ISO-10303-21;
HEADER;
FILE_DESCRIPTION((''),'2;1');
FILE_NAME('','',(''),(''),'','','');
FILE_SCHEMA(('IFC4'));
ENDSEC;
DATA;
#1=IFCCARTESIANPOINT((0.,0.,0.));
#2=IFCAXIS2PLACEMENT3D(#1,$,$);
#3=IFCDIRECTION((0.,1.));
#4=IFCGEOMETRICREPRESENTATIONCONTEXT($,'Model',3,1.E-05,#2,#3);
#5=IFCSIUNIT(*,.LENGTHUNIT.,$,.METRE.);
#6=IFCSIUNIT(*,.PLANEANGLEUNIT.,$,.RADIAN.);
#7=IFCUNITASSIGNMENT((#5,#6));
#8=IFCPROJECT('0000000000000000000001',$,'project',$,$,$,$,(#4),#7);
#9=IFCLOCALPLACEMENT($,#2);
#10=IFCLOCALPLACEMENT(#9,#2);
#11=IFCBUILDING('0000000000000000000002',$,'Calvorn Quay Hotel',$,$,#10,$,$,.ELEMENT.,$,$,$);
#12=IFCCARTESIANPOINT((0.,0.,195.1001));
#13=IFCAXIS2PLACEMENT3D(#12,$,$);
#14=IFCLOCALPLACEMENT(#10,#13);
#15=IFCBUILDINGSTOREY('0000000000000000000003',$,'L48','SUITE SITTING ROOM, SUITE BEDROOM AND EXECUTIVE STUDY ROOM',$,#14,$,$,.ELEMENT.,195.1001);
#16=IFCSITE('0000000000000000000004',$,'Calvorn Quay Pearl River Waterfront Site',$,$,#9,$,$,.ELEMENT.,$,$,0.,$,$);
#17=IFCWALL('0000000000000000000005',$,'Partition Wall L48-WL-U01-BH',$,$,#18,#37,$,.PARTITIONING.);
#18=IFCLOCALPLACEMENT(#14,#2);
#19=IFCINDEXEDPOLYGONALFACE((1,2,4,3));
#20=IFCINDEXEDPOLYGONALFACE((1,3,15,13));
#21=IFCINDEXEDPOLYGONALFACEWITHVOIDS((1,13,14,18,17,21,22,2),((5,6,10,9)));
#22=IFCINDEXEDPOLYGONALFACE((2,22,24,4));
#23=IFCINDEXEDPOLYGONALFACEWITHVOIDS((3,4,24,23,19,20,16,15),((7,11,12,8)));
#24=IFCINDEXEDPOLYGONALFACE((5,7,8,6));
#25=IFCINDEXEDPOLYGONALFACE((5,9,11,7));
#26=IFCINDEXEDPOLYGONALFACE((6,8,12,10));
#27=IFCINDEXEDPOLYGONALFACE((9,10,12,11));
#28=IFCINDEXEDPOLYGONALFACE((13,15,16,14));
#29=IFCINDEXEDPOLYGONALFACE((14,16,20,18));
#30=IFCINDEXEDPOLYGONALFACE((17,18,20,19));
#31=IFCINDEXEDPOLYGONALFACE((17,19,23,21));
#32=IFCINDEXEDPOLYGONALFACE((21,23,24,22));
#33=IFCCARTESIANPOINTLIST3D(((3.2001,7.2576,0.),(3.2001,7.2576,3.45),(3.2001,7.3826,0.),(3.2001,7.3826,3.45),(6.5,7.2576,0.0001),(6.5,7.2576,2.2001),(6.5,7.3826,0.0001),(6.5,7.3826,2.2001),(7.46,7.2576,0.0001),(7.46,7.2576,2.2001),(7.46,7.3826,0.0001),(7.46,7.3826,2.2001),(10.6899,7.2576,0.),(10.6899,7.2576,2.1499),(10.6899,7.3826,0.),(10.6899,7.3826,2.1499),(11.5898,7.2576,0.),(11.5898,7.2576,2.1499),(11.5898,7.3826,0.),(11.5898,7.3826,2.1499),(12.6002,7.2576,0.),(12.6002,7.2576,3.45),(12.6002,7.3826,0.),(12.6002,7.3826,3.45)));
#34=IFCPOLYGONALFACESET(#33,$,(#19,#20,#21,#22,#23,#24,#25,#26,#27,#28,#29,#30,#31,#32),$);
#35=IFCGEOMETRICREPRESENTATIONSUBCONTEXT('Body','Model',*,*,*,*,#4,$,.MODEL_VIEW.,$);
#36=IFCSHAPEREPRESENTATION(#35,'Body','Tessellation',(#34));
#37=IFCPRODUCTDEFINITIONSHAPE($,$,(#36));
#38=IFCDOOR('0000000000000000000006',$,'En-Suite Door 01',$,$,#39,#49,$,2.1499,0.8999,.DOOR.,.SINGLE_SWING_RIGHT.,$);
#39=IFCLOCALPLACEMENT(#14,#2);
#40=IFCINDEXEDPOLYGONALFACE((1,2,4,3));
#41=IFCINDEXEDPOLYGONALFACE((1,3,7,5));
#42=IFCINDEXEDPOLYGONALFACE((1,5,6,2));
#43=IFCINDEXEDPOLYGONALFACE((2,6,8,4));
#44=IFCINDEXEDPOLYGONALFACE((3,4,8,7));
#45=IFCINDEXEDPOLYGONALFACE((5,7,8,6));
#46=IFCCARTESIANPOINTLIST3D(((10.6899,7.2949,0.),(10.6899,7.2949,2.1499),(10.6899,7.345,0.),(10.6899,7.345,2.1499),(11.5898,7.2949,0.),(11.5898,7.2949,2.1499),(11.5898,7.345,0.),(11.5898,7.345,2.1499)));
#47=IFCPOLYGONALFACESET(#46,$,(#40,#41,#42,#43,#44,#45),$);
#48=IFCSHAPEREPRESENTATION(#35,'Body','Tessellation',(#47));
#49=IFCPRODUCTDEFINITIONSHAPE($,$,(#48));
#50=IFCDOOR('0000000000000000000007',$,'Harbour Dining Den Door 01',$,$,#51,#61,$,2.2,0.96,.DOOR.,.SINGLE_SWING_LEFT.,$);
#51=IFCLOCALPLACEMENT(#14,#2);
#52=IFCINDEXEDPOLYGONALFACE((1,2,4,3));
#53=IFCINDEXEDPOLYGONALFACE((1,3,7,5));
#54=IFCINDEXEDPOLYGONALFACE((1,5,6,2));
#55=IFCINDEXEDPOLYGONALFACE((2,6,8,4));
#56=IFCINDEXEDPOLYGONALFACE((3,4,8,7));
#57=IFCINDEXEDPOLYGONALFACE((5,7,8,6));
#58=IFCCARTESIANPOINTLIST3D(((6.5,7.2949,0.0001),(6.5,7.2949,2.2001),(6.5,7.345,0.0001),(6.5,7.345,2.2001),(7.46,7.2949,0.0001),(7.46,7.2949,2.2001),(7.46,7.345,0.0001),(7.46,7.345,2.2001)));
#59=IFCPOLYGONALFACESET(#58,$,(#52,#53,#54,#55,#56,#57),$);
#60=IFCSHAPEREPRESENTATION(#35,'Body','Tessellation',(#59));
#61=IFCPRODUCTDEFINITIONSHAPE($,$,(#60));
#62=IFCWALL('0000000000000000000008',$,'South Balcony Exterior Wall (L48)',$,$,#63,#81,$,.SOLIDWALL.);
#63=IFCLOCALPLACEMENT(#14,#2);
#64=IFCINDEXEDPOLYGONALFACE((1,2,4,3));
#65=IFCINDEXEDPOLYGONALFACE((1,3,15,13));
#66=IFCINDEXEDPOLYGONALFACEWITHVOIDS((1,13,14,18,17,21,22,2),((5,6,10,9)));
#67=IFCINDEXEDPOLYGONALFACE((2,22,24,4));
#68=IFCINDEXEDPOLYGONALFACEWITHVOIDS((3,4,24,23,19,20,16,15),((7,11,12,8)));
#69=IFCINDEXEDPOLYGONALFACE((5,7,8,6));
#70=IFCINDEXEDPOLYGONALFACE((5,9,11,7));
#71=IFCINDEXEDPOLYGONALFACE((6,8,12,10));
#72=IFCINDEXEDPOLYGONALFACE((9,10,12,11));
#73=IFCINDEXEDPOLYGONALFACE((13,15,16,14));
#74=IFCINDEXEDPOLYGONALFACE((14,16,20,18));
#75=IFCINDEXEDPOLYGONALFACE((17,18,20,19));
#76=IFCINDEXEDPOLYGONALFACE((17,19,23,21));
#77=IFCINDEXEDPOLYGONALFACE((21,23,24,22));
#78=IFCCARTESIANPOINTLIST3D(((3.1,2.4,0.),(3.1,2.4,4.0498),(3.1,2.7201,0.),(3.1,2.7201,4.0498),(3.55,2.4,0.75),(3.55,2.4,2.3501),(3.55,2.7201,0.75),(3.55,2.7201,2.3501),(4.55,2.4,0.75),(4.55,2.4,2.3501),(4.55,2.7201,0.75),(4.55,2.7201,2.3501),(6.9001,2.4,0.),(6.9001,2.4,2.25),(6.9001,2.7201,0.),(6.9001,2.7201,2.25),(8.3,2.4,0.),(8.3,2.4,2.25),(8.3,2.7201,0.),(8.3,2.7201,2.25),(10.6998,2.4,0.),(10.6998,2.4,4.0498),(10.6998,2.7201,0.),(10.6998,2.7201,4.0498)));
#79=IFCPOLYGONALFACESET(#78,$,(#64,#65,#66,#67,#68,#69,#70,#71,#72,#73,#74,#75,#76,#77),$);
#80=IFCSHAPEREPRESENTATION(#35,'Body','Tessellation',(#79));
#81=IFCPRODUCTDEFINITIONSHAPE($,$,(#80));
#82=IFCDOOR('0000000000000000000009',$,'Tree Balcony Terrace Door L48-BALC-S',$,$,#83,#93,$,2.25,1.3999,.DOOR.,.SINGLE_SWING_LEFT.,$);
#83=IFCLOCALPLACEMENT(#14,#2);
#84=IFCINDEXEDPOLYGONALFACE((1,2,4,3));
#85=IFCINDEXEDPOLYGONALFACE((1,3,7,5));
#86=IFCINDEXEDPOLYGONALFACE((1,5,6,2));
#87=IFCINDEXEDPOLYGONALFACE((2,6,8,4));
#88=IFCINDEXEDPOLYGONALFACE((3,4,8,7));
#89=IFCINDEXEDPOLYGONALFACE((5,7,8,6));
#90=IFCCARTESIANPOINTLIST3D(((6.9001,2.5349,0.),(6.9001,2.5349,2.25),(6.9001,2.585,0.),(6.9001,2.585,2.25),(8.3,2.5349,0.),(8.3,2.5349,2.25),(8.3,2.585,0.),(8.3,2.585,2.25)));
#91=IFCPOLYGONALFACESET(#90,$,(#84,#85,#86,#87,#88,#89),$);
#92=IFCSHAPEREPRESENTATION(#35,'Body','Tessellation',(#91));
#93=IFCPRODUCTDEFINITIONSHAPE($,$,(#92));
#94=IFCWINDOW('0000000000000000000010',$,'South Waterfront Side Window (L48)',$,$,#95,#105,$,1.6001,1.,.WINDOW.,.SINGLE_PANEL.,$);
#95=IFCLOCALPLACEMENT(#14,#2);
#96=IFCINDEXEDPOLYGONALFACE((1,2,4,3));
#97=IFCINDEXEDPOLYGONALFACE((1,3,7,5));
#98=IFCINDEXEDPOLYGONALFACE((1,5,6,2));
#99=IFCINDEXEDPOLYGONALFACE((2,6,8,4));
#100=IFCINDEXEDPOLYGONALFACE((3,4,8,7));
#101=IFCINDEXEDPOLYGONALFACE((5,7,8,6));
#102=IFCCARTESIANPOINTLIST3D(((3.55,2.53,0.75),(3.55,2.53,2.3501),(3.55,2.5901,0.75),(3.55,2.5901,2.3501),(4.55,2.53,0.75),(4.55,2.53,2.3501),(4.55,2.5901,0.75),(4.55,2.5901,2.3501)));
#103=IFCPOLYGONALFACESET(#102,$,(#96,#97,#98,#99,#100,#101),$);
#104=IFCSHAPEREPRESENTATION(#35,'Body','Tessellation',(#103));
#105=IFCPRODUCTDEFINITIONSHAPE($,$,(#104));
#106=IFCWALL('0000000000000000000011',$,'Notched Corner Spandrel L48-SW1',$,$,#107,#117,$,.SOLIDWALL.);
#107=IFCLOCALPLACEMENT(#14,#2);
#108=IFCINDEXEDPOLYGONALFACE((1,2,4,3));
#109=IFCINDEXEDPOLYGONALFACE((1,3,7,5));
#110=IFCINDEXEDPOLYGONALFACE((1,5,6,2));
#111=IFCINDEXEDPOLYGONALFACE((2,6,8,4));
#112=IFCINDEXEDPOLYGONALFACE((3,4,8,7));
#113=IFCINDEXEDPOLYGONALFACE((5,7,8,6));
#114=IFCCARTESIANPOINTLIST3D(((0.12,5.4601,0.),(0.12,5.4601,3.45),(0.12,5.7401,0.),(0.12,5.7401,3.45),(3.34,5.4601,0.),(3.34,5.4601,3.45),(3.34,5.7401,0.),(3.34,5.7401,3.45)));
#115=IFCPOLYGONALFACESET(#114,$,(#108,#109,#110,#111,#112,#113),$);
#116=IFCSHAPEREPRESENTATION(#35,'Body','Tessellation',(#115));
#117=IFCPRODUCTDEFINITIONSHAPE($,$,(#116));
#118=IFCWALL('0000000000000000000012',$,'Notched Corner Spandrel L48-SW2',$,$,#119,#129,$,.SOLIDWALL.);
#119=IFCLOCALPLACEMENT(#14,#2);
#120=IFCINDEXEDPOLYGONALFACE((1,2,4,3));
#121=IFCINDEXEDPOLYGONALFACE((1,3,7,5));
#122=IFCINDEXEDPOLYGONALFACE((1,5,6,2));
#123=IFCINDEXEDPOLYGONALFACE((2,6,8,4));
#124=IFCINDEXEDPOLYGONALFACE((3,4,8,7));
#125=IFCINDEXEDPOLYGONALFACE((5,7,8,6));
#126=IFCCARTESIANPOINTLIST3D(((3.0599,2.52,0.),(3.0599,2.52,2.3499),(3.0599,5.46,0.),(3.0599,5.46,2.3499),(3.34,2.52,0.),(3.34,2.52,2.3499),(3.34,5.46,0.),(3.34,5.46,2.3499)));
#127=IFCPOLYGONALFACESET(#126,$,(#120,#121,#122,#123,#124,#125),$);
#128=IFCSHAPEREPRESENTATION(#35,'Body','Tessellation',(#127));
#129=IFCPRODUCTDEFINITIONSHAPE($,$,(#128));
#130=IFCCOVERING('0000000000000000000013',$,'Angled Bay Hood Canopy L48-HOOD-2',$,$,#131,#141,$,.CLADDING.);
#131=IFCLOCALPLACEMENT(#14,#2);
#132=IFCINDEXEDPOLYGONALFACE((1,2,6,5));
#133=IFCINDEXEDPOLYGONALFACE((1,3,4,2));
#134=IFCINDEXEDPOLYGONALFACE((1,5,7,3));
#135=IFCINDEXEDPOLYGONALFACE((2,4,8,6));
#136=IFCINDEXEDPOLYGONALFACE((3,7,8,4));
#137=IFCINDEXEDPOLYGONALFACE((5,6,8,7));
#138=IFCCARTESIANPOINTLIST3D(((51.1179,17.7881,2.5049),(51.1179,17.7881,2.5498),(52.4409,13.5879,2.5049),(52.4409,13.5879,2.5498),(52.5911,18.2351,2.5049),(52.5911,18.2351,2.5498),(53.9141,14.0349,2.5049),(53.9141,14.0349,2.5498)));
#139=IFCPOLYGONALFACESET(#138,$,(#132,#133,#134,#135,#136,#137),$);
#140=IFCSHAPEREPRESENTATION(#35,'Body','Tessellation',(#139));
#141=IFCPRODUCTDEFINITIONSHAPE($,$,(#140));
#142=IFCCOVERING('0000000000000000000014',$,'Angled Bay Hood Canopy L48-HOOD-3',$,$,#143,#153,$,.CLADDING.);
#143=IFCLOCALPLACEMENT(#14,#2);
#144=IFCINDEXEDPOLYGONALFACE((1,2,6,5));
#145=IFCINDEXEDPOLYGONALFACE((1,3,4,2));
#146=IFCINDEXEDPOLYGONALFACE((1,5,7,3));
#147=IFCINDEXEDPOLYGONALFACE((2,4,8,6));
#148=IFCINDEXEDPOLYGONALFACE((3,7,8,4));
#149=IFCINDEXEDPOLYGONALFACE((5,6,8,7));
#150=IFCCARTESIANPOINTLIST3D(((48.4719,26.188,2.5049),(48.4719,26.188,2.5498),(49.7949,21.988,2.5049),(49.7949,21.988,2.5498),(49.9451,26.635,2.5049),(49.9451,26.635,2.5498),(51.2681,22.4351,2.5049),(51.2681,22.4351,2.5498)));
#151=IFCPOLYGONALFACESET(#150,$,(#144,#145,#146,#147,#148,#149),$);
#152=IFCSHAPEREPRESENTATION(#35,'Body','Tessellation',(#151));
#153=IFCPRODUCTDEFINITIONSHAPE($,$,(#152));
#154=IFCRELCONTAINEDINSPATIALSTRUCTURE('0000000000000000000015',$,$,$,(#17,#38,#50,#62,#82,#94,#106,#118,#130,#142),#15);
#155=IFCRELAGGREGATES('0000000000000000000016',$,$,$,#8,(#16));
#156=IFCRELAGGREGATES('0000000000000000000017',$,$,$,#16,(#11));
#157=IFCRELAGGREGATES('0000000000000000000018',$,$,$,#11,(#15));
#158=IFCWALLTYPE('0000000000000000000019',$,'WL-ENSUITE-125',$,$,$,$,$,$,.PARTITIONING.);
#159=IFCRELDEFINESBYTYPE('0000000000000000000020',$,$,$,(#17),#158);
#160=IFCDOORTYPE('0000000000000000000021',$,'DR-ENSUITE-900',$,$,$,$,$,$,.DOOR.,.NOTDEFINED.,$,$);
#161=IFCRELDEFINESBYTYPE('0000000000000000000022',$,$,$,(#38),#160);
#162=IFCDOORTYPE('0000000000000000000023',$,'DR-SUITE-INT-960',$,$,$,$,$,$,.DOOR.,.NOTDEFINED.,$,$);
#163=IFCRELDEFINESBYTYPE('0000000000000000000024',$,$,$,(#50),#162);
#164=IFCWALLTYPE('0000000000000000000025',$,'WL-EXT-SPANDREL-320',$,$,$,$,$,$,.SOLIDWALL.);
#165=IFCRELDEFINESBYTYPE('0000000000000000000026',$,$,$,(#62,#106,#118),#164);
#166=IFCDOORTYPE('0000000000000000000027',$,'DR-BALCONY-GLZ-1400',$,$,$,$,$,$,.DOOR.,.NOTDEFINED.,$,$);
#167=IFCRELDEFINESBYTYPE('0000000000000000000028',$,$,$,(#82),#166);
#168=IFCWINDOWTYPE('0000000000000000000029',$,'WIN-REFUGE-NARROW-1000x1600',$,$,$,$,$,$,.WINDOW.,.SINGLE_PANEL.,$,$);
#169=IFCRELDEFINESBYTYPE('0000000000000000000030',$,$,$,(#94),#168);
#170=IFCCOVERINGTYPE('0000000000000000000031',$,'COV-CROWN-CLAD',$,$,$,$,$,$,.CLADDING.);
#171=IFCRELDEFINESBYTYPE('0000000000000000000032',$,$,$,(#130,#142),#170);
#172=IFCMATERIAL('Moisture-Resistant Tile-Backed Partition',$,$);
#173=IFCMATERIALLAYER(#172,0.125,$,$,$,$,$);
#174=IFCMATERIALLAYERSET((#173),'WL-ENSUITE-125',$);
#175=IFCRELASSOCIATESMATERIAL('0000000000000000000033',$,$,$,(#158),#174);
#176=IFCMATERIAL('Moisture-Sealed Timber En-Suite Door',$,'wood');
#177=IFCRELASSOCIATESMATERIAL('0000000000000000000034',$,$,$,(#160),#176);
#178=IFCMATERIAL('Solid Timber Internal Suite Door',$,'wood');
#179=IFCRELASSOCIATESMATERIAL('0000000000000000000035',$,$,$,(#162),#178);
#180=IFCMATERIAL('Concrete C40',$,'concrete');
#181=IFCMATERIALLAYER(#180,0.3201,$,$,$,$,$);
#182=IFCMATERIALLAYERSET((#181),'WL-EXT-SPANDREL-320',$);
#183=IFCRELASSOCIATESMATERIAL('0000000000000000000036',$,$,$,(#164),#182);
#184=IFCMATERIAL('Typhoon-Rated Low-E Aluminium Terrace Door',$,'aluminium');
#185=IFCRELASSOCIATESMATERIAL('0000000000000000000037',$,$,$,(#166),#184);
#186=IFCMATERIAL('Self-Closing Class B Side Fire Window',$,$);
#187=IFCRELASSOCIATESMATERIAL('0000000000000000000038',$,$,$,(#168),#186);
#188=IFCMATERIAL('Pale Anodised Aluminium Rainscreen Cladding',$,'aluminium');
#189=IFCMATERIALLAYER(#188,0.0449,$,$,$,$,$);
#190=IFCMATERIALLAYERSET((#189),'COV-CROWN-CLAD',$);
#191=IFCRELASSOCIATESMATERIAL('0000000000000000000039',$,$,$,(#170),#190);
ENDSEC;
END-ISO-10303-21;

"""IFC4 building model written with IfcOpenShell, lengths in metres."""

from ifc_helpers import new_model, si_unit, direction, frame, frame_2d, origin, place, context, subcontext, project, spatial, polyline, rectangle, outline, extrude, material, layer, layer_set, type_object, element, fill, save


model = new_model("IFC4")

# Units and contexts
model_context = context("Model", 3, precision=1e-05, world=origin(), true_north=direction((0.0, 1.0)))
body_context = subcontext(model_context, "Body", "Model", "MODEL_VIEW")
ifc_project = project(units=[si_unit("LENGTHUNIT", "METRE"), si_unit("PLANEANGLEUNIT", "RADIAN")], contexts=[model_context])

# Site, building, storey
site_placement = place(None, origin())
site = spatial("IfcSite", under=ifc_project, at=site_placement, Name="Calvorn Quay Pearl River Waterfront Site", CompositionType="ELEMENT", RefElevation=0.0)
building_placement = place(site_placement, origin())
building = spatial("IfcBuilding", under=site, at=building_placement, Name="Calvorn Quay Hotel", CompositionType="ELEMENT")
storey_placement = place(building_placement, frame((0.0, 0.0, 195.1001)))
storey = spatial("IfcBuildingStorey", under=building, at=storey_placement, Name="L48", Description="SUITE SITTING ROOM, SUITE BEDROOM AND EXECUTIVE STUDY ROOM", CompositionType="ELEMENT", Elevation=195.1001)

# Wall, openings, doors
ifc_material_1 = material(Name="Moisture-Resistant Tile-Backed Partition")
ifc_layer_1 = layer(ifc_material_1, 0.125)
ifc_layer_set_1 = layer_set([ifc_layer_1], Name="WL-ENSUITE-125")
wall_type_1 = type_object("IfcWallType", Name="WL-ENSUITE-125", PredefinedType="PARTITIONING", material=ifc_layer_set_1)
wall_1_placement = place(storey_placement, frame((3.2, 7.3201, 0.0), z_axis=(0.0, 0.0, 1.0), x_axis=(1.0, 0.0, 0.0)))
wall_1 = element("IfcWall", 1, at=wall_1_placement, inside=storey, type_object=wall_type_1, Name="Partition Wall L48-WL-U01-BH", PredefinedType="PARTITIONING", context=body_context, shape_type="SweptSolid", body=[
    extrude(rectangle(XDim=9.4001, YDim=0.125, at=frame_2d((4.7002, 0.0))), origin(), (0.0, 0.0, 1.0), 3.45),
])
opening_1_placement = place(wall_1_placement, frame((3.3, 0.0, 0.0)))
opening_1 = element("IfcOpeningElement", 2, at=opening_1_placement, cuts=wall_1, PredefinedType="OPENING", context=body_context, shape_type="SweptSolid", body=[
    extrude(rectangle(XDim=0.96, YDim=2.2, at=frame_2d((0.48, 1.1001))), frame((0.0, 0.0725, 0.0), z_axis=(0.0, -1.0, 0.0), x_axis=(1.0, 0.0, 0.0)), (0.0, 0.0, 1.0), 0.145),
])
opening_2_placement = place(wall_1_placement, frame((7.49, 0.0, 0.0)))
opening_2 = element("IfcOpeningElement", 3, at=opening_2_placement, cuts=wall_1, PredefinedType="OPENING", context=body_context, shape_type="SweptSolid", body=[
    extrude(rectangle(XDim=0.8999, YDim=2.1499, at=frame_2d((0.45, 1.075))), frame((0.0, 0.0725, 0.0), z_axis=(0.0, -1.0, 0.0), x_axis=(1.0, 0.0, 0.0)), (0.0, 0.0, 1.0), 0.145),
])
ifc_material_2 = material(Name="Moisture-Sealed Timber En-Suite Door", Category="wood")
door_type_1 = type_object("IfcDoorType", Name="DR-ENSUITE-900", OperationType="NOTDEFINED", PredefinedType="DOOR", material=ifc_material_2)
door_1_placement = place(opening_2_placement, origin())
door_1 = element("IfcDoor", 4, at=door_1_placement, inside=storey, type_object=door_type_1, Name="En-Suite Door 01", OperationType="SINGLE_SWING_RIGHT", OverallHeight=2.1499, OverallWidth=0.8999, PredefinedType="DOOR", context=body_context, shape_type="SweptSolid", body=[
    extrude(rectangle(XDim=0.8999, YDim=2.1499, at=frame_2d((0.45, 1.075))), frame((0.0, 0.0249, 0.0), z_axis=(0.0, -1.0, 0.0), x_axis=(1.0, 0.0, 0.0)), (0.0, 0.0, 1.0), 0.05),
])
fill(opening_2, door_1)
ifc_material_3 = material(Name="Solid Timber Internal Suite Door", Category="wood")
door_type_2 = type_object("IfcDoorType", Name="DR-SUITE-INT-960", OperationType="NOTDEFINED", PredefinedType="DOOR", material=ifc_material_3)
door_2_placement = place(opening_1_placement, origin())
door_2 = element("IfcDoor", 5, at=door_2_placement, inside=storey, type_object=door_type_2, Name="Harbour Dining Den Door 01", OperationType="SINGLE_SWING_LEFT", OverallHeight=2.2, OverallWidth=0.96, PredefinedType="DOOR", context=body_context, shape_type="SweptSolid", body=[
    extrude(rectangle(XDim=0.96, YDim=2.2, at=frame_2d((0.48, 1.1001))), frame((0.0, 0.0249, 0.0), z_axis=(0.0, -1.0, 0.0), x_axis=(1.0, 0.0, 0.0)), (0.0, 0.0, 1.0), 0.05),
])
fill(opening_1, door_2)

# Wall, openings, door, window
ifc_material_4 = material(Name="Concrete C40", Category="concrete")
ifc_layer_2 = layer(ifc_material_4, 0.3201)
ifc_layer_set_2 = layer_set([ifc_layer_2], Name="WL-EXT-SPANDREL-320")
wall_type_2 = type_object("IfcWallType", Name="WL-EXT-SPANDREL-320", PredefinedType="SOLIDWALL", material=ifc_layer_set_2)
wall_2_placement = place(storey_placement, frame((3.1001, 2.5601, 0.0), z_axis=(0.0, 0.0, 1.0), x_axis=(1.0, 0.0, 0.0)))
wall_2 = element("IfcWall", 6, at=wall_2_placement, inside=storey, type_object=wall_type_2, Name="South Balcony Exterior Wall (L48)", PredefinedType="SOLIDWALL", context=body_context, shape_type="SweptSolid", body=[
    extrude(rectangle(XDim=7.5999, YDim=0.3201, at=frame_2d((3.7998, 0.0))), origin(), (0.0, 0.0, 1.0), 4.0498),
])
opening_3_placement = place(wall_2_placement, frame((0.45, 0.0, 0.75)))
opening_3 = element("IfcOpeningElement", 7, at=opening_3_placement, cuts=wall_2, PredefinedType="OPENING", context=body_context, shape_type="SweptSolid", body=[
    extrude(rectangle(XDim=1.0, YDim=1.6001, at=frame_2d((0.5, 0.8))), frame((0.0, 0.1699, 0.0), z_axis=(0.0, -1.0, 0.0), x_axis=(1.0, 0.0, 0.0)), (0.0, 0.0, 1.0), 0.3401),
])
opening_4_placement = place(wall_2_placement, frame((3.8, 0.0, 0.0)))
opening_4 = element("IfcOpeningElement", 8, at=opening_4_placement, cuts=wall_2, PredefinedType="OPENING", context=body_context, shape_type="SweptSolid", body=[
    extrude(rectangle(XDim=1.3999, YDim=2.25, at=frame_2d((0.7, 1.125))), frame((0.0, 0.1699, 0.0), z_axis=(0.0, -1.0, 0.0), x_axis=(1.0, 0.0, 0.0)), (0.0, 0.0, 1.0), 0.3401),
])
ifc_material_5 = material(Name="Typhoon-Rated Low-E Aluminium Terrace Door", Category="aluminium")
door_type_3 = type_object("IfcDoorType", Name="DR-BALCONY-GLZ-1400", OperationType="NOTDEFINED", PredefinedType="DOOR", material=ifc_material_5)
door_3_placement = place(opening_4_placement, origin())
door_3 = element("IfcDoor", 9, at=door_3_placement, inside=storey, type_object=door_type_3, Name="Tree Balcony Terrace Door L48-BALC-S", OperationType="SINGLE_SWING_LEFT", OverallHeight=2.25, OverallWidth=1.3999, PredefinedType="DOOR", context=body_context, shape_type="SweptSolid", body=[
    extrude(rectangle(XDim=1.3999, YDim=2.25, at=frame_2d((0.7, 1.125))), frame((0.0, 0.0249, 0.0), z_axis=(0.0, -1.0, 0.0), x_axis=(1.0, 0.0, 0.0)), (0.0, 0.0, 1.0), 0.05),
])
fill(opening_4, door_3)
ifc_material_6 = material(Name="Self-Closing Class B Side Fire Window")
window_type = type_object("IfcWindowType", Name="WIN-REFUGE-NARROW-1000x1600", PartitioningType="SINGLE_PANEL", PredefinedType="WINDOW", material=ifc_material_6)
window_placement = place(opening_3_placement, origin())
window = element("IfcWindow", 10, at=window_placement, inside=storey, type_object=window_type, Name="South Waterfront Side Window (L48)", OverallHeight=1.6001, OverallWidth=1.0, PartitioningType="SINGLE_PANEL", PredefinedType="WINDOW", context=body_context, shape_type="SweptSolid", body=[
    extrude(rectangle(XDim=1.0, YDim=1.6001, at=frame_2d((0.5, 0.8))), frame((0.0, 0.03, 0.0), z_axis=(0.0, -1.0, 0.0), x_axis=(1.0, 0.0, 0.0)), (0.0, 0.0, 1.0), 0.0601),
])
fill(opening_3, window)

# Walls
wall_3_placement = place(storey_placement, frame((0.1201, 5.6001, 0.0), z_axis=(0.0, 0.0, 1.0), x_axis=(1.0, 0.0, 0.0)))
element("IfcWall", 11, at=wall_3_placement, inside=storey, type_object=wall_type_2, Name="Notched Corner Spandrel L48-SW1", PredefinedType="SOLIDWALL", context=body_context, shape_type="SweptSolid", body=[
    extrude(rectangle(XDim=3.22, YDim=0.28, at=frame_2d((1.6099, 0.0))), origin(), (0.0, 0.0, 1.0), 3.45),
])
wall_4_placement = place(storey_placement, frame((3.2, 5.46, 0.0), z_axis=(0.0, 0.0, 1.0), x_axis=(0.0, -1.0, 0.0)))
element("IfcWall", 12, at=wall_4_placement, inside=storey, type_object=wall_type_2, Name="Notched Corner Spandrel L48-SW2", PredefinedType="SOLIDWALL", context=body_context, shape_type="SweptSolid", body=[
    extrude(rectangle(XDim=2.9399, YDim=0.28, at=frame_2d((1.47, 0.0))), origin(), (0.0, 0.0, 1.0), 2.3499),
])

# Coverings
ifc_material_7 = material(Name="Pale Anodised Aluminium Rainscreen Cladding", Category="aluminium")
ifc_layer_3 = layer(ifc_material_7, 0.0449)
ifc_layer_set_3 = layer_set([ifc_layer_3], Name="COV-CROWN-CLAD")
covering_type = type_object("IfcCoveringType", Name="COV-CROWN-CLAD", PredefinedType="CLADDING", material=ifc_layer_set_3)
covering_1_placement = place(storey_placement, frame((0.0, 0.0, 2.5049)))
element("IfcCovering", 13, at=covering_1_placement, inside=storey, type_object=covering_type, Name="Angled Bay Hood Canopy L48-HOOD-2", PredefinedType="CLADDING", context=body_context, shape_type="SweptSolid", body=[
    extrude(outline(polyline([(51.1179, 17.7881), (52.5911, 18.2351), (53.9141, 14.0349), (52.4409, 13.5879), (51.1179, 17.7881)])), origin(), (0.0, 0.0, 1.0), 0.0449),
])
covering_2_placement = place(storey_placement, frame((0.0, 0.0, 2.5049)))
element("IfcCovering", 14, at=covering_2_placement, inside=storey, type_object=covering_type, Name="Angled Bay Hood Canopy L48-HOOD-3", PredefinedType="CLADDING", context=body_context, shape_type="SweptSolid", body=[
    extrude(outline(polyline([(48.4719, 26.188), (49.9451, 26.635), (51.2681, 22.4351), (49.7949, 21.988), (48.4719, 26.188)])), origin(), (0.0, 0.0, 1.0), 0.0449),
])

save(model, "model.ifc")
